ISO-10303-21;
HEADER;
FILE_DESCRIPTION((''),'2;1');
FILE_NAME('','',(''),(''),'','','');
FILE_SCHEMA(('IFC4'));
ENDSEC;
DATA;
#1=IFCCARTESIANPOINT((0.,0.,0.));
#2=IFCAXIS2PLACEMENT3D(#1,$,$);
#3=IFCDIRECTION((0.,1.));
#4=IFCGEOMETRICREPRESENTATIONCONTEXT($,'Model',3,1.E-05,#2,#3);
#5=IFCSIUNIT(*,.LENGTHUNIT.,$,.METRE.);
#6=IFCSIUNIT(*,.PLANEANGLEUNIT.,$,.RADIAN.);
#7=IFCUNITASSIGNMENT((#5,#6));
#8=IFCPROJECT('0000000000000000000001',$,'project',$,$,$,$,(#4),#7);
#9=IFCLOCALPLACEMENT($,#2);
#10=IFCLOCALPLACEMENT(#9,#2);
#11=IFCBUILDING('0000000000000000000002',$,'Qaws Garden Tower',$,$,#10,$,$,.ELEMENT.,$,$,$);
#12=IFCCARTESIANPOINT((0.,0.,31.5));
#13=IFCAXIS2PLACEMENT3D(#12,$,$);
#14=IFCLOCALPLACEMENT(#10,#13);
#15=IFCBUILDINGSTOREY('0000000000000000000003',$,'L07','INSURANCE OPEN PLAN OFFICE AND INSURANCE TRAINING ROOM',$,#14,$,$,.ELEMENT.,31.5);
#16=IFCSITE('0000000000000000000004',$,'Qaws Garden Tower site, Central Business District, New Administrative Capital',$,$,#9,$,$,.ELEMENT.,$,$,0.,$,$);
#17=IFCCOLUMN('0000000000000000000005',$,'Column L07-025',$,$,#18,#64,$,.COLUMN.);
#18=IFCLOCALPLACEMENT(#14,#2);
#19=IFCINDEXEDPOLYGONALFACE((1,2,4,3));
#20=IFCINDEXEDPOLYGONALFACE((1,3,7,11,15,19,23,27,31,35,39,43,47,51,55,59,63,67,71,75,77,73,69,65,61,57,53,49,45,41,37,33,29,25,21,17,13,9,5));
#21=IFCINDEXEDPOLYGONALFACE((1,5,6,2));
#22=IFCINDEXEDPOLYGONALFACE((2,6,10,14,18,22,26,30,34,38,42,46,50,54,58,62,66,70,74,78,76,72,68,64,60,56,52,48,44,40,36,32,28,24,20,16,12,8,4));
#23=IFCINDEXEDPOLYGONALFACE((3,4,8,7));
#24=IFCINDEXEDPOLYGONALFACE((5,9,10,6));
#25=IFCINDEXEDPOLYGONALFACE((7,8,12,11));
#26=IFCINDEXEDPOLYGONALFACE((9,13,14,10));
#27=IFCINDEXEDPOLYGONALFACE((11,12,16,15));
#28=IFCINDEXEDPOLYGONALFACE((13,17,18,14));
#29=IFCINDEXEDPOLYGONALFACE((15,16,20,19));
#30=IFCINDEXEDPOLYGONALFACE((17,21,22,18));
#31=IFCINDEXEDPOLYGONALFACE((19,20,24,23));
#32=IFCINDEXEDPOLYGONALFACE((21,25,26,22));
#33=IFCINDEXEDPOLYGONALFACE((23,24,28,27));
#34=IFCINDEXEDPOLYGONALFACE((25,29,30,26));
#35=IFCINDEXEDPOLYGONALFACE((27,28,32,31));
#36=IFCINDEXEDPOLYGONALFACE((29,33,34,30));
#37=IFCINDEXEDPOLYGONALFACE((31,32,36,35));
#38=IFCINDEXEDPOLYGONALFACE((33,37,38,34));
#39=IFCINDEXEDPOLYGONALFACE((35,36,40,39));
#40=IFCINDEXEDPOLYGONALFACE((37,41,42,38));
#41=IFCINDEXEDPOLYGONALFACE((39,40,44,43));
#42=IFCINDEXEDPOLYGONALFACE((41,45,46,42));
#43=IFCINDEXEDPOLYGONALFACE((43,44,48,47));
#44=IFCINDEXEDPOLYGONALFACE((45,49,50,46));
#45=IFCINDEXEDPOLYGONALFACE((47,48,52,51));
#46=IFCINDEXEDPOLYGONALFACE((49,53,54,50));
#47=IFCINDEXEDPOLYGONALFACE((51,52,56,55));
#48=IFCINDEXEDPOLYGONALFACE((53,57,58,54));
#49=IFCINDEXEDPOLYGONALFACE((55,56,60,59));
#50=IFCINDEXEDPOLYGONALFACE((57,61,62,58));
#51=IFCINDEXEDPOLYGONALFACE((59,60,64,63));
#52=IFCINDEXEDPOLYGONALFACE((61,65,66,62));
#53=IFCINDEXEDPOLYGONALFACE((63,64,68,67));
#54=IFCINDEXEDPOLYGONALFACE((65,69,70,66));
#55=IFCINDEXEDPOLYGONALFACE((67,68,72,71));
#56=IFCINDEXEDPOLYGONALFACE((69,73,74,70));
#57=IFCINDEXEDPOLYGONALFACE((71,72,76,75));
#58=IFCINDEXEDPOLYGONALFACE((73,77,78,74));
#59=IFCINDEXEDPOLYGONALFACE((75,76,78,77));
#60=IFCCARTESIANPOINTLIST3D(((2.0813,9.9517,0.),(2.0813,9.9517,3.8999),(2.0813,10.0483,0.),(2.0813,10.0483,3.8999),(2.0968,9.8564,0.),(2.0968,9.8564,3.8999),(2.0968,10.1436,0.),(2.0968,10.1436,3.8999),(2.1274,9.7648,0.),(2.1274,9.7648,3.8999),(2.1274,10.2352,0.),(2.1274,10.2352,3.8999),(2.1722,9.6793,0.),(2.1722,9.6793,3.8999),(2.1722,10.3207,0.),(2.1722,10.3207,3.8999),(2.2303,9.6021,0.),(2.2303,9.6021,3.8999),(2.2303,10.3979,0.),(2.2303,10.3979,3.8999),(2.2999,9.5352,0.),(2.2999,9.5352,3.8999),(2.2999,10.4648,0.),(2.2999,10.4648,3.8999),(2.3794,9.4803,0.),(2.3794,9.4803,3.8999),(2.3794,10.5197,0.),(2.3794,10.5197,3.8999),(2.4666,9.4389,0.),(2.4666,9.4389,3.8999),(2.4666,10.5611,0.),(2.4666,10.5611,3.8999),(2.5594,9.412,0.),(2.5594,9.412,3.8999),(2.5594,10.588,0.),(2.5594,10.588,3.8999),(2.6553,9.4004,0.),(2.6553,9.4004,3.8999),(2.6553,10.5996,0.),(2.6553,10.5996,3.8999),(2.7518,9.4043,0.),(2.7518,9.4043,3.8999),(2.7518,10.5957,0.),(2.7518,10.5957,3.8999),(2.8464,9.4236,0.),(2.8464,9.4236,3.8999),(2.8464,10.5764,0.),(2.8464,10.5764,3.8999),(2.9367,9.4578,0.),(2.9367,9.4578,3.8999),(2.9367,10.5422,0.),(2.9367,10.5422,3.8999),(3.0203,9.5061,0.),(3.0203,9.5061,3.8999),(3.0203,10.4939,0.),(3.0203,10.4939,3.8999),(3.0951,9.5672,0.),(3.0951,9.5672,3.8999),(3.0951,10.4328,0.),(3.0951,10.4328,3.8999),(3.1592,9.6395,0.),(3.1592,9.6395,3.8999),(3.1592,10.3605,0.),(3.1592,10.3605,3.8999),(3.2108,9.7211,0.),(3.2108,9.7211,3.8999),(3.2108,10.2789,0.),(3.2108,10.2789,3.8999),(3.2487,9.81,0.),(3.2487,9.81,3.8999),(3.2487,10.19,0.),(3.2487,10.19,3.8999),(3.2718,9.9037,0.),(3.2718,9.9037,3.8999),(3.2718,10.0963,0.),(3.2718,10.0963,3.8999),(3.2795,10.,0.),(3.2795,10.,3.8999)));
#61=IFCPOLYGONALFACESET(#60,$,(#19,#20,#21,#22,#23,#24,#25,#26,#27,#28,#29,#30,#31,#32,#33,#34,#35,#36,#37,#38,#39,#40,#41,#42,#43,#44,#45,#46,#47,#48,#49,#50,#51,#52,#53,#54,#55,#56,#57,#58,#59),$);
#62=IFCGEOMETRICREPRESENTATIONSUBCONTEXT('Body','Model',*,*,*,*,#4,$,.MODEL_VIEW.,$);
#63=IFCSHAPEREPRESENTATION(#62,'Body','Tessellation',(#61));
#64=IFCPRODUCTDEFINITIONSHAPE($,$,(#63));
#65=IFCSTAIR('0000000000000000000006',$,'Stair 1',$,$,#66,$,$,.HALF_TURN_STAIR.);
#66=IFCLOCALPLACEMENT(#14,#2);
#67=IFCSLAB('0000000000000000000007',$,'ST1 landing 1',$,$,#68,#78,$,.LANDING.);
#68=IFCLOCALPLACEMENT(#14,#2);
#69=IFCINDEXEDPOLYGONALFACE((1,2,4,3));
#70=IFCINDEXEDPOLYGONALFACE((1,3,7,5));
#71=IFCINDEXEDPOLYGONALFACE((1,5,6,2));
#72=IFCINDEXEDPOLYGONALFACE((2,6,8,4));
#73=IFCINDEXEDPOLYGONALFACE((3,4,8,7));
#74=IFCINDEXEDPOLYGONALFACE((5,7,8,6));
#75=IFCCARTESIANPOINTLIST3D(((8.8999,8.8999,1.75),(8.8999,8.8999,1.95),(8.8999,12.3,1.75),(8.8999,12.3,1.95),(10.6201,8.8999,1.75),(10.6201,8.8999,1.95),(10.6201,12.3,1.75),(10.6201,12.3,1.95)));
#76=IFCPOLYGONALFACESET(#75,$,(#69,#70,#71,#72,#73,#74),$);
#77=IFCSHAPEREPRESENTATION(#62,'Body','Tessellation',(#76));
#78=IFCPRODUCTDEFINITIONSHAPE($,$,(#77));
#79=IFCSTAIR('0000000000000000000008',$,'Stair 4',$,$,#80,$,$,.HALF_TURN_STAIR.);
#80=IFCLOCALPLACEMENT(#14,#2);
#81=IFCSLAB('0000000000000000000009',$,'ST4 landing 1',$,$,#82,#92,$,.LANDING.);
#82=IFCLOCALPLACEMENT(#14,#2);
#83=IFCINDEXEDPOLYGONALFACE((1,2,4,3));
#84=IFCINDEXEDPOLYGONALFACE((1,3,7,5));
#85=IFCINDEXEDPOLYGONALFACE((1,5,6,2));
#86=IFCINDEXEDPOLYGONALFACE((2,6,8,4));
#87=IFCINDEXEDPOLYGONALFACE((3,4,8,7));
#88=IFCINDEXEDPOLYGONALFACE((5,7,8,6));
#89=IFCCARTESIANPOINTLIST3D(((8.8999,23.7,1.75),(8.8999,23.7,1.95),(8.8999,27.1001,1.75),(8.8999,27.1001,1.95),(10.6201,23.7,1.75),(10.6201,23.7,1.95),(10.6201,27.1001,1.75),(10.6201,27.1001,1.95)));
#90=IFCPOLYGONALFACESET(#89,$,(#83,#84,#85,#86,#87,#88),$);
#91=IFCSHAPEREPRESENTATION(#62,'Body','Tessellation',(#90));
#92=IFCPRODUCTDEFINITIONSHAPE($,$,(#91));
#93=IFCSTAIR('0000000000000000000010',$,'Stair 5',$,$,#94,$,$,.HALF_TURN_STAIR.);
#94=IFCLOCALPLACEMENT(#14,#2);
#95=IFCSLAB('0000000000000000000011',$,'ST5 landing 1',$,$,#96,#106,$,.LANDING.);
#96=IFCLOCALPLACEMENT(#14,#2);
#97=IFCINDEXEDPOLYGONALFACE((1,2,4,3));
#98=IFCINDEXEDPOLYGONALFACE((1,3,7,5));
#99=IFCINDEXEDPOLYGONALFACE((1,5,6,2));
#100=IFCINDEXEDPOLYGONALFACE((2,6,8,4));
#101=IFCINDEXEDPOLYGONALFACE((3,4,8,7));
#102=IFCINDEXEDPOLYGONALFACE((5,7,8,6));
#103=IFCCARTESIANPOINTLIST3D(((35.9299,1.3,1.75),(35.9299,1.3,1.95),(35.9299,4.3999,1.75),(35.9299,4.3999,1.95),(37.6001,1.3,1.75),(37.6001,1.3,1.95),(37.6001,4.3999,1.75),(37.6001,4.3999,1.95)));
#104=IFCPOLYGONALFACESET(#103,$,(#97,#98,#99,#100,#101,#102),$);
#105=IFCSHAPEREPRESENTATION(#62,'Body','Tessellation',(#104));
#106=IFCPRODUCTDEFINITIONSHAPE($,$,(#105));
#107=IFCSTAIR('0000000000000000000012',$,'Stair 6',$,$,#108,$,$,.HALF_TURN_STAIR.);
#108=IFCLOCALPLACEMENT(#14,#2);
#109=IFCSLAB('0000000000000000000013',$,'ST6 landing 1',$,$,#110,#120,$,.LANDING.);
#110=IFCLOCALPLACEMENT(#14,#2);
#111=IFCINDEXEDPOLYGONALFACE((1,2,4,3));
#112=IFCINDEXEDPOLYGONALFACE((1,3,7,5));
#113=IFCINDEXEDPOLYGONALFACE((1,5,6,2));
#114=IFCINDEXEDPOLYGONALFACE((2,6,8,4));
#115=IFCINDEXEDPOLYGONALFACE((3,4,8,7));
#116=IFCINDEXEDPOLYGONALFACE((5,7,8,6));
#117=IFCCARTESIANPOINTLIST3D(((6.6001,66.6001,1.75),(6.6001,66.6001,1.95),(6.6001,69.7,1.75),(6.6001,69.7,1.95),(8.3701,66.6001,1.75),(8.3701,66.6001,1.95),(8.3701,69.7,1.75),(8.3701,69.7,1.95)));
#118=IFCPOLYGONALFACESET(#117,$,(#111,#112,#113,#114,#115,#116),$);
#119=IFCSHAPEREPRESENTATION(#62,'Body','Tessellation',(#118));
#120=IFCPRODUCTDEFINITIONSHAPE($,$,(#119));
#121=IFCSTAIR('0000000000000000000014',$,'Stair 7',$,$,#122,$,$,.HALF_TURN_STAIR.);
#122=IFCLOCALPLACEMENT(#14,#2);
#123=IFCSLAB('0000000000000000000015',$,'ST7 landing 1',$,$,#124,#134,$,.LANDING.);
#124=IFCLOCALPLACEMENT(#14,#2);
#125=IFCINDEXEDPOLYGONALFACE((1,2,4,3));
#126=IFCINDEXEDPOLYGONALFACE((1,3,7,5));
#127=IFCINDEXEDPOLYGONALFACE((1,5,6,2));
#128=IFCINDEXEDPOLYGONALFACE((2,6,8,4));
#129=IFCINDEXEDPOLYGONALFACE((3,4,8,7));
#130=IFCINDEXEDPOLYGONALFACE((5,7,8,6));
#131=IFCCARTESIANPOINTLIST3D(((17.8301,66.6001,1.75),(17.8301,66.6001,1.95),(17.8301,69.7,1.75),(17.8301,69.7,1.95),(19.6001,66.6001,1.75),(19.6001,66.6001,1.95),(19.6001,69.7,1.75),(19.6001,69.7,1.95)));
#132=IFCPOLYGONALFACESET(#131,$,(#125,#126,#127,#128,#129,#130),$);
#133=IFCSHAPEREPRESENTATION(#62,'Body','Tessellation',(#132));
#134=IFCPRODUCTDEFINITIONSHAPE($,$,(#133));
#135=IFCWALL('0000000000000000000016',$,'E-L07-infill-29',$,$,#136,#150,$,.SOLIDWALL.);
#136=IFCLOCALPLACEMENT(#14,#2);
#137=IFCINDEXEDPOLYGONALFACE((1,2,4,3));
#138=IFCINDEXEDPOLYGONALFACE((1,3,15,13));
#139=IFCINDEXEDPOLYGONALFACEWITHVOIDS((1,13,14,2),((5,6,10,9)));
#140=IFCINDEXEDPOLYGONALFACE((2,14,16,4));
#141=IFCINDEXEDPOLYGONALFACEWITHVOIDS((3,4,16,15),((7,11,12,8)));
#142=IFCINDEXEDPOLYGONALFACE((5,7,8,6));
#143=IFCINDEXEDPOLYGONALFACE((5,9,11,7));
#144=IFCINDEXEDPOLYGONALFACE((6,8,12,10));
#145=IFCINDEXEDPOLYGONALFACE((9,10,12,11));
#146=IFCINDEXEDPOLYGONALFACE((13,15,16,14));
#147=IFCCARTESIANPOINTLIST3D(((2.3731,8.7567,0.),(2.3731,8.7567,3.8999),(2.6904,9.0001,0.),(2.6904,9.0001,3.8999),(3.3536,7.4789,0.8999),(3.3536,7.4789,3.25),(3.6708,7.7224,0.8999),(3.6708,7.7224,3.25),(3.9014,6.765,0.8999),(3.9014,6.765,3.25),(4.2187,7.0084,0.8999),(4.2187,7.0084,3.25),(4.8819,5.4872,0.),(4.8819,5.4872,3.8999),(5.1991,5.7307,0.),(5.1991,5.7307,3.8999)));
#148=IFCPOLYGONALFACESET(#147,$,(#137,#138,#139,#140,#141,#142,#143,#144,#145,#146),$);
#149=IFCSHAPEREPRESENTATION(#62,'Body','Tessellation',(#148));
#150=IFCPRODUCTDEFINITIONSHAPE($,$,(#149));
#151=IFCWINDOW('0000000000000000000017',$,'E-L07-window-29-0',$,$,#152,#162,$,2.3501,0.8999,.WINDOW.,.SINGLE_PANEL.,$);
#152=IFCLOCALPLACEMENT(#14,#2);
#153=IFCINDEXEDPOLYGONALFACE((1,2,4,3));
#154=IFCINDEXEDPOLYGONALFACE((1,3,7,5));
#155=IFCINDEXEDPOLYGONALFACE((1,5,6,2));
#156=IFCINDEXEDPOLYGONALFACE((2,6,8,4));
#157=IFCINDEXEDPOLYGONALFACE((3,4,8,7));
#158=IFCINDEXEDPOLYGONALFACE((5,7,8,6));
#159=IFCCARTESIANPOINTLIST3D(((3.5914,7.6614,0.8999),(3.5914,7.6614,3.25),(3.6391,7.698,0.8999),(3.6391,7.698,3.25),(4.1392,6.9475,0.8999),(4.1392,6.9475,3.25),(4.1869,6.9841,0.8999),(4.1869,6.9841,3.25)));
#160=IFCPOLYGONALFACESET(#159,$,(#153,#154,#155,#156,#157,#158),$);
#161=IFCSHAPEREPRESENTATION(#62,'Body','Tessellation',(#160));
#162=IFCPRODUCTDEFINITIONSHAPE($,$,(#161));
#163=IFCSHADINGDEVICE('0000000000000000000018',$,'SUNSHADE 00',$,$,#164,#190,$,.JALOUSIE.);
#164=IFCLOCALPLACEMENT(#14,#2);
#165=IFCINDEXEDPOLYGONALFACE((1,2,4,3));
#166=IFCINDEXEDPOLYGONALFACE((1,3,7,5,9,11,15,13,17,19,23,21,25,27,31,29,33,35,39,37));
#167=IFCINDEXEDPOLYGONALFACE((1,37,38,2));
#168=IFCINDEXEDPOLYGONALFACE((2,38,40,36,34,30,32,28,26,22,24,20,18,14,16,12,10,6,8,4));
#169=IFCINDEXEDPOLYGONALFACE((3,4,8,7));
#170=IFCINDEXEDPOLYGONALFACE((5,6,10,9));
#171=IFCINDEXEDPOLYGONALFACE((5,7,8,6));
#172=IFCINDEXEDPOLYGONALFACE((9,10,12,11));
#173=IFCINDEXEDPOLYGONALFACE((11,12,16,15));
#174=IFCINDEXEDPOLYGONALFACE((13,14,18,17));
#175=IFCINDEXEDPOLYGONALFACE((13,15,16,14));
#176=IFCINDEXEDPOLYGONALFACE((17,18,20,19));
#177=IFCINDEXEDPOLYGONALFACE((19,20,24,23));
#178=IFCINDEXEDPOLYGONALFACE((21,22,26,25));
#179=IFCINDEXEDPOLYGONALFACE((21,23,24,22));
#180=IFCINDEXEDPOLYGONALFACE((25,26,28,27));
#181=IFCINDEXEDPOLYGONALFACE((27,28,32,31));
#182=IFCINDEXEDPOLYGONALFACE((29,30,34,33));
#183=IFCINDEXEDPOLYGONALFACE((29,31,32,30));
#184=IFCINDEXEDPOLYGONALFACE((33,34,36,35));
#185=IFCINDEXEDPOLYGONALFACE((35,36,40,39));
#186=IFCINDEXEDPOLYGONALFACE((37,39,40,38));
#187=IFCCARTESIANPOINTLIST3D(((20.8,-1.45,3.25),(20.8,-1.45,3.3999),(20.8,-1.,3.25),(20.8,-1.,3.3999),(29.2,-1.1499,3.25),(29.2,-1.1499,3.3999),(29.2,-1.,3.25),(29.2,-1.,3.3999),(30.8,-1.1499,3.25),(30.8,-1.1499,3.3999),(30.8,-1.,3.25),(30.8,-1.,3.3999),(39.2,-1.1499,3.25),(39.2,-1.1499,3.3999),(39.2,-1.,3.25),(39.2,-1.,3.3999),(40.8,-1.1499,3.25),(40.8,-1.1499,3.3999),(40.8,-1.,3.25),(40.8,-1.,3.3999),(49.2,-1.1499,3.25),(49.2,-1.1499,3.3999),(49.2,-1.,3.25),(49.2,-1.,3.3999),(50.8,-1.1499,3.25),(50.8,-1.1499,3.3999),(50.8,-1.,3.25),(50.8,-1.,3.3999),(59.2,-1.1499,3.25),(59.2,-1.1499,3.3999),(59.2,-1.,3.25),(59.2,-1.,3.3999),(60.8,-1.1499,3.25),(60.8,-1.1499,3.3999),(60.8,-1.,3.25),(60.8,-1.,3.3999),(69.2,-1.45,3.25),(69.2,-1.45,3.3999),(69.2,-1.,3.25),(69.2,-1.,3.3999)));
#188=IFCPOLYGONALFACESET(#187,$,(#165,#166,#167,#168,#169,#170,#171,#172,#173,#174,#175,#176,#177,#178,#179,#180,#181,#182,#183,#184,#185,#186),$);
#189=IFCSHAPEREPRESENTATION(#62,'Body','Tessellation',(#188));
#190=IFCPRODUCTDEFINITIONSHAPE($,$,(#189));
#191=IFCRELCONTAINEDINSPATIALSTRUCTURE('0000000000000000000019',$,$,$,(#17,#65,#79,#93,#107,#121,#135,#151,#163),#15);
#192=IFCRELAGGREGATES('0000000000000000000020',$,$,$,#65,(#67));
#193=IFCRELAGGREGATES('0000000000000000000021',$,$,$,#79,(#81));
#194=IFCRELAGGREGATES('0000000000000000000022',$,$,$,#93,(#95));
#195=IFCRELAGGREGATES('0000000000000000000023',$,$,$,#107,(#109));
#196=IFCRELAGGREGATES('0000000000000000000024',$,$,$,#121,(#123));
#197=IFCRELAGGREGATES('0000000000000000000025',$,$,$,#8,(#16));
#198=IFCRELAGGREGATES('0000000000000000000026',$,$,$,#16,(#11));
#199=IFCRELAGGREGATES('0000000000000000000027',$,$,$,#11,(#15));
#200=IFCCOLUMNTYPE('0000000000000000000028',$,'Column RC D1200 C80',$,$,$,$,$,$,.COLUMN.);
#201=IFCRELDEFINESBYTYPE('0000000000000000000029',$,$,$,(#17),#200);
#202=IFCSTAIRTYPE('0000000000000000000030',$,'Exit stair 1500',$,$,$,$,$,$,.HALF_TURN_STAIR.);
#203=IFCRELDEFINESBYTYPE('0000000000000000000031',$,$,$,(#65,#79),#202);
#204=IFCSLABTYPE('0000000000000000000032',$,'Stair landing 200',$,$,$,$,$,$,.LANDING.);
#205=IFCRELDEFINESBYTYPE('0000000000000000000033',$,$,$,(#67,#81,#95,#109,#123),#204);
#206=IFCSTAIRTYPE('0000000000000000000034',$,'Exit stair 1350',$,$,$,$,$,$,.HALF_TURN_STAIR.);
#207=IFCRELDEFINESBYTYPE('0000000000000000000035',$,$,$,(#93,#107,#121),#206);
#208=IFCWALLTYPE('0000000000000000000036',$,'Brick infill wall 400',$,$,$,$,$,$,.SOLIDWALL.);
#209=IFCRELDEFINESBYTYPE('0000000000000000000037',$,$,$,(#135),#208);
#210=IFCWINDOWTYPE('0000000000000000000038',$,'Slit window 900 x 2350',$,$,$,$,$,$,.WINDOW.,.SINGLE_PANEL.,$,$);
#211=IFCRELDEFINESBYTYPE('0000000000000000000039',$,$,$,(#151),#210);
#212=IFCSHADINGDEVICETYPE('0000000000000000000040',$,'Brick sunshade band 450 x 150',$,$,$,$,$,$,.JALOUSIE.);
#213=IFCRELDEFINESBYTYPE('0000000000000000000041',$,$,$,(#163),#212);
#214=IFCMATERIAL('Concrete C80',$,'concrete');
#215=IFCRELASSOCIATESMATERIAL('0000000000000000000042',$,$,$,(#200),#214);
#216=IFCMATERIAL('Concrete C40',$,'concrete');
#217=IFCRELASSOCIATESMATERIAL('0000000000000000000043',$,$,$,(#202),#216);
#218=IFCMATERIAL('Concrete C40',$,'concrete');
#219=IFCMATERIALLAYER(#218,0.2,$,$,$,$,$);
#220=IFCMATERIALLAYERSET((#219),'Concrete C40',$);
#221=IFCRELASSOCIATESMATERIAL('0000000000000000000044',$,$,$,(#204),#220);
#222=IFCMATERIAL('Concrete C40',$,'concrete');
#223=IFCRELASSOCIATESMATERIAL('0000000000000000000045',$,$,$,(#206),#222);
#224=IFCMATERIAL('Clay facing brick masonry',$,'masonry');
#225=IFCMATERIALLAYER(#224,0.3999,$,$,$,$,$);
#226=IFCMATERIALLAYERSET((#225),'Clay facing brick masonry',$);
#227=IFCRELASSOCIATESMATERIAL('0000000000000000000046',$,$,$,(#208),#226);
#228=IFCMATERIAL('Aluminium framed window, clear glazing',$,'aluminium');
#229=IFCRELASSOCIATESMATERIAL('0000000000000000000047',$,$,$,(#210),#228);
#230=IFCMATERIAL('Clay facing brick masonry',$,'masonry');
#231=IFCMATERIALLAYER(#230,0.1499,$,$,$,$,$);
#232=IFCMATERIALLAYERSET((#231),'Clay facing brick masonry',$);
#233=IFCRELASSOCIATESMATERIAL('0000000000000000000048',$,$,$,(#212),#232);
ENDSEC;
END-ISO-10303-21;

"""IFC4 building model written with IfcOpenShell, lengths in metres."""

from ifc_helpers import new_model, si_unit, direction, frame, frame_2d, origin, origin_2d, place, context, subcontext, project, spatial, polyline, rectangle, circle, outline, extrude, material, layer, layer_set, material_profile, profile_set, type_object, element, fill, aggregate, save


model = new_model("IFC4")

# Units and contexts
model_context = context("Model", 3, precision=1e-05, world=origin(), true_north=direction((0.0, 1.0)))
body_context = subcontext(model_context, "Body", "Model", "MODEL_VIEW")
ifc_project = project(units=[si_unit("LENGTHUNIT", "METRE"), si_unit("PLANEANGLEUNIT", "RADIAN")], contexts=[model_context])

# Site, building, storey
site_placement = place(None, origin())
site = spatial("IfcSite", under=ifc_project, at=site_placement, Name="Qaws Garden Tower site, Central Business District, New Administrative Capital", CompositionType="ELEMENT", RefElevation=0.0)
building_placement = place(site_placement, origin())
building = spatial("IfcBuilding", under=site, at=building_placement, Name="Qaws Garden Tower", CompositionType="ELEMENT")
storey_placement = place(building_placement, frame((0.0, 0.0, 31.5)))
storey = spatial("IfcBuildingStorey", under=building, at=storey_placement, Name="L07", Description="INSURANCE OPEN PLAN OFFICE AND INSURANCE TRAINING ROOM", CompositionType="ELEMENT", Elevation=31.5)

# Column
ifc_material_1 = material(Name="Concrete C80", Category="concrete")
ifc_material_profile = material_profile(ifc_material_1, circle(Radius=0.6001, at=origin_2d()), Name="RC D1200")
ifc_profile_set = profile_set([ifc_material_profile], Name="Concrete C80")
column_type = type_object("IfcColumnType", Name="Column RC D1200 C80", PredefinedType="COLUMN", material=ifc_profile_set)
column_placement = place(storey_placement, frame((2.6794, 10.0, 0.0), z_axis=(0.0, 0.0, 1.0), x_axis=(1.0, 0.0, 0.0)))
element("IfcColumn", 1, at=column_placement, inside=storey, type_object=column_type, Name="Column L07-025", PredefinedType="COLUMN", context=body_context, shape_type="SweptSolid", body=[
    extrude(circle(Radius=0.6001, at=origin_2d()), origin(), (0.0, 0.0, 1.0), 3.8999),
])

# Stairs, slabs
ifc_material_2 = material(Name="Concrete C40", Category="concrete")
stair_type_1 = type_object("IfcStairType", Name="Exit stair 1500", PredefinedType="HALF_TURN_STAIR", material=ifc_material_2)
placement_1 = place(storey_placement, origin())
stair_1 = element("IfcStair", 2, at=placement_1, inside=storey, type_object=stair_type_1, Name="Stair 1", PredefinedType="HALF_TURN_STAIR")
ifc_material_3 = material(Name="Concrete C40", Category="concrete")
ifc_layer_1 = layer(ifc_material_3, 0.2)
ifc_layer_set_1 = layer_set([ifc_layer_1], Name="Concrete C40")
slab_type = type_object("IfcSlabType", Name="Stair landing 200", PredefinedType="LANDING", material=ifc_layer_set_1)
placement_2 = place(storey_placement, frame((0.0, 0.0, 1.75)))
slab_1 = element("IfcSlab", 3, at=placement_2, type_object=slab_type, Name="ST1 landing 1", PredefinedType="LANDING", context=body_context, shape_type="SweptSolid", body=[
    extrude(outline(polyline([(8.8999, 8.8999), (10.6201, 8.8999), (10.6201, 12.3), (8.8999, 12.3), (8.8999, 8.8999)])), origin(), (0.0, 0.0, 1.0), 0.2),
])
aggregate(stair_1, [slab_1])
stair_2 = element("IfcStair", 4, at=placement_1, inside=storey, type_object=stair_type_1, Name="Stair 4", PredefinedType="HALF_TURN_STAIR")
slab_2 = element("IfcSlab", 5, at=placement_2, type_object=slab_type, Name="ST4 landing 1", PredefinedType="LANDING", context=body_context, shape_type="SweptSolid", body=[
    extrude(outline(polyline([(8.8999, 23.7), (10.6201, 23.7), (10.6201, 27.1001), (8.8999, 27.1001), (8.8999, 23.7)])), origin(), (0.0, 0.0, 1.0), 0.2),
])
aggregate(stair_2, [slab_2])
ifc_material_4 = material(Name="Concrete C40", Category="concrete")
stair_type_2 = type_object("IfcStairType", Name="Exit stair 1350", PredefinedType="HALF_TURN_STAIR", material=ifc_material_4)
stair_3 = element("IfcStair", 6, at=placement_1, inside=storey, type_object=stair_type_2, Name="Stair 5", PredefinedType="HALF_TURN_STAIR")
slab_3 = element("IfcSlab", 7, at=placement_2, type_object=slab_type, Name="ST5 landing 1", PredefinedType="LANDING", context=body_context, shape_type="SweptSolid", body=[
    extrude(outline(polyline([(35.9299, 1.3), (37.6001, 1.3), (37.6001, 4.3999), (35.9299, 4.3999), (35.9299, 1.3)])), origin(), (0.0, 0.0, 1.0), 0.2),
])
aggregate(stair_3, [slab_3])
stair_4 = element("IfcStair", 8, at=placement_1, inside=storey, type_object=stair_type_2, Name="Stair 6", PredefinedType="HALF_TURN_STAIR")
slab_4 = element("IfcSlab", 9, at=placement_2, type_object=slab_type, Name="ST6 landing 1", PredefinedType="LANDING", context=body_context, shape_type="SweptSolid", body=[
    extrude(outline(polyline([(6.6001, 66.6001), (8.3701, 66.6001), (8.3701, 69.7), (6.6001, 69.7), (6.6001, 66.6001)])), origin(), (0.0, 0.0, 1.0), 0.2),
])
aggregate(stair_4, [slab_4])
stair_5 = element("IfcStair", 10, at=placement_1, inside=storey, type_object=stair_type_2, Name="Stair 7", PredefinedType="HALF_TURN_STAIR")
slab_5 = element("IfcSlab", 11, at=placement_2, type_object=slab_type, Name="ST7 landing 1", PredefinedType="LANDING", context=body_context, shape_type="SweptSolid", body=[
    extrude(outline(polyline([(17.8301, 66.6001), (19.6001, 66.6001), (19.6001, 69.7), (17.8301, 69.7), (17.8301, 66.6001)])), origin(), (0.0, 0.0, 1.0), 0.2),
])
aggregate(stair_5, [slab_5])

# Wall, opening, window
ifc_material_5 = material(Name="Clay facing brick masonry", Category="masonry")
ifc_layer_2 = layer(ifc_material_5, 0.3999)
ifc_layer_set_2 = layer_set([ifc_layer_2], Name="Clay facing brick masonry")
wall_type = type_object("IfcWallType", Name="Brick infill wall 400", PredefinedType="SOLIDWALL", material=ifc_layer_set_2)
wall_placement = place(storey_placement, frame((2.5317, 8.8784, 0.0), z_axis=(0.0, 0.0, 1.0), x_axis=(0.60876, -0.793355, 0.0)))
wall = element("IfcWall", 12, at=wall_placement, inside=storey, type_object=wall_type, Name="E-L07-infill-29", PredefinedType="SOLIDWALL", context=body_context, shape_type="SweptSolid", body=[
    extrude(rectangle(XDim=4.1211, YDim=0.3999, at=frame_2d((2.0605, 0.0))), origin(), (0.0, 0.0, 1.0), 3.8999),
])
opening_placement = place(wall_placement, frame((1.6106, 0.0, 0.8999)))
opening = element("IfcOpeningElement", 13, at=opening_placement, cuts=wall, PredefinedType="OPENING", context=body_context, shape_type="SweptSolid", body=[
    extrude(rectangle(XDim=0.8999, YDim=2.3501, at=frame_2d((0.45, 1.175))), frame((0.0, 0.21, 0.0), z_axis=(0.0, -1.0, 0.0), x_axis=(1.0, 0.0, 0.0)), (0.0, 0.0, 1.0), 0.4199),
])
ifc_material_6 = material(Name="Aluminium framed window, clear glazing", Category="aluminium")
window_type = type_object("IfcWindowType", Name="Slit window 900 x 2350", PartitioningType="SINGLE_PANEL", PredefinedType="WINDOW", material=ifc_material_6)
window_placement = place(opening_placement, origin())
window = element("IfcWindow", 14, at=window_placement, inside=storey, type_object=window_type, Name="E-L07-window-29-0", OverallHeight=2.3501, OverallWidth=0.8999, PartitioningType="SINGLE_PANEL", PredefinedType="WINDOW", context=body_context, shape_type="SweptSolid", body=[
    extrude(rectangle(XDim=0.8999, YDim=2.3501, at=frame_2d((0.45, 1.175))), frame((0.0, 0.1599, 0.0), z_axis=(0.0, -1.0, 0.0), x_axis=(1.0, 0.0, 0.0)), (0.0, 0.0, 1.0), 0.0601),
])
fill(opening, window)

# Shading device
ifc_material_7 = material(Name="Clay facing brick masonry", Category="masonry")
ifc_layer_3 = layer(ifc_material_7, 0.1499)
ifc_layer_set_3 = layer_set([ifc_layer_3], Name="Clay facing brick masonry")
shading_device_type = type_object("IfcShadingDeviceType", Name="Brick sunshade band 450 x 150", PredefinedType="JALOUSIE", material=ifc_layer_set_3)
shading_device_placement = place(storey_placement, frame((0.0, 0.0, 3.25)))
element("IfcShadingDevice", 15, at=shading_device_placement, inside=storey, type_object=shading_device_type, Name="SUNSHADE 00", PredefinedType="JALOUSIE", context=body_context, shape_type="SweptSolid", body=[
    extrude(outline(polyline([(20.8, -1.0), (20.8, -1.45), (69.2, -1.45), (69.2, -1.0), (60.8, -1.0), (60.8, -1.1499), (59.2, -1.1499), (59.2, -1.0), (50.8, -1.0), (50.8, -1.1499), (49.2, -1.1499), (49.2, -1.0), (40.8, -1.0), (40.8, -1.1499), (39.2, -1.1499), (39.2, -1.0), (30.8, -1.0), (30.8, -1.1499), (29.2, -1.1499), (29.2, -1.0), (20.8, -1.0)])), origin(), (0.0, 0.0, 1.0), 0.1499),
])

save(model, "model.ifc")
